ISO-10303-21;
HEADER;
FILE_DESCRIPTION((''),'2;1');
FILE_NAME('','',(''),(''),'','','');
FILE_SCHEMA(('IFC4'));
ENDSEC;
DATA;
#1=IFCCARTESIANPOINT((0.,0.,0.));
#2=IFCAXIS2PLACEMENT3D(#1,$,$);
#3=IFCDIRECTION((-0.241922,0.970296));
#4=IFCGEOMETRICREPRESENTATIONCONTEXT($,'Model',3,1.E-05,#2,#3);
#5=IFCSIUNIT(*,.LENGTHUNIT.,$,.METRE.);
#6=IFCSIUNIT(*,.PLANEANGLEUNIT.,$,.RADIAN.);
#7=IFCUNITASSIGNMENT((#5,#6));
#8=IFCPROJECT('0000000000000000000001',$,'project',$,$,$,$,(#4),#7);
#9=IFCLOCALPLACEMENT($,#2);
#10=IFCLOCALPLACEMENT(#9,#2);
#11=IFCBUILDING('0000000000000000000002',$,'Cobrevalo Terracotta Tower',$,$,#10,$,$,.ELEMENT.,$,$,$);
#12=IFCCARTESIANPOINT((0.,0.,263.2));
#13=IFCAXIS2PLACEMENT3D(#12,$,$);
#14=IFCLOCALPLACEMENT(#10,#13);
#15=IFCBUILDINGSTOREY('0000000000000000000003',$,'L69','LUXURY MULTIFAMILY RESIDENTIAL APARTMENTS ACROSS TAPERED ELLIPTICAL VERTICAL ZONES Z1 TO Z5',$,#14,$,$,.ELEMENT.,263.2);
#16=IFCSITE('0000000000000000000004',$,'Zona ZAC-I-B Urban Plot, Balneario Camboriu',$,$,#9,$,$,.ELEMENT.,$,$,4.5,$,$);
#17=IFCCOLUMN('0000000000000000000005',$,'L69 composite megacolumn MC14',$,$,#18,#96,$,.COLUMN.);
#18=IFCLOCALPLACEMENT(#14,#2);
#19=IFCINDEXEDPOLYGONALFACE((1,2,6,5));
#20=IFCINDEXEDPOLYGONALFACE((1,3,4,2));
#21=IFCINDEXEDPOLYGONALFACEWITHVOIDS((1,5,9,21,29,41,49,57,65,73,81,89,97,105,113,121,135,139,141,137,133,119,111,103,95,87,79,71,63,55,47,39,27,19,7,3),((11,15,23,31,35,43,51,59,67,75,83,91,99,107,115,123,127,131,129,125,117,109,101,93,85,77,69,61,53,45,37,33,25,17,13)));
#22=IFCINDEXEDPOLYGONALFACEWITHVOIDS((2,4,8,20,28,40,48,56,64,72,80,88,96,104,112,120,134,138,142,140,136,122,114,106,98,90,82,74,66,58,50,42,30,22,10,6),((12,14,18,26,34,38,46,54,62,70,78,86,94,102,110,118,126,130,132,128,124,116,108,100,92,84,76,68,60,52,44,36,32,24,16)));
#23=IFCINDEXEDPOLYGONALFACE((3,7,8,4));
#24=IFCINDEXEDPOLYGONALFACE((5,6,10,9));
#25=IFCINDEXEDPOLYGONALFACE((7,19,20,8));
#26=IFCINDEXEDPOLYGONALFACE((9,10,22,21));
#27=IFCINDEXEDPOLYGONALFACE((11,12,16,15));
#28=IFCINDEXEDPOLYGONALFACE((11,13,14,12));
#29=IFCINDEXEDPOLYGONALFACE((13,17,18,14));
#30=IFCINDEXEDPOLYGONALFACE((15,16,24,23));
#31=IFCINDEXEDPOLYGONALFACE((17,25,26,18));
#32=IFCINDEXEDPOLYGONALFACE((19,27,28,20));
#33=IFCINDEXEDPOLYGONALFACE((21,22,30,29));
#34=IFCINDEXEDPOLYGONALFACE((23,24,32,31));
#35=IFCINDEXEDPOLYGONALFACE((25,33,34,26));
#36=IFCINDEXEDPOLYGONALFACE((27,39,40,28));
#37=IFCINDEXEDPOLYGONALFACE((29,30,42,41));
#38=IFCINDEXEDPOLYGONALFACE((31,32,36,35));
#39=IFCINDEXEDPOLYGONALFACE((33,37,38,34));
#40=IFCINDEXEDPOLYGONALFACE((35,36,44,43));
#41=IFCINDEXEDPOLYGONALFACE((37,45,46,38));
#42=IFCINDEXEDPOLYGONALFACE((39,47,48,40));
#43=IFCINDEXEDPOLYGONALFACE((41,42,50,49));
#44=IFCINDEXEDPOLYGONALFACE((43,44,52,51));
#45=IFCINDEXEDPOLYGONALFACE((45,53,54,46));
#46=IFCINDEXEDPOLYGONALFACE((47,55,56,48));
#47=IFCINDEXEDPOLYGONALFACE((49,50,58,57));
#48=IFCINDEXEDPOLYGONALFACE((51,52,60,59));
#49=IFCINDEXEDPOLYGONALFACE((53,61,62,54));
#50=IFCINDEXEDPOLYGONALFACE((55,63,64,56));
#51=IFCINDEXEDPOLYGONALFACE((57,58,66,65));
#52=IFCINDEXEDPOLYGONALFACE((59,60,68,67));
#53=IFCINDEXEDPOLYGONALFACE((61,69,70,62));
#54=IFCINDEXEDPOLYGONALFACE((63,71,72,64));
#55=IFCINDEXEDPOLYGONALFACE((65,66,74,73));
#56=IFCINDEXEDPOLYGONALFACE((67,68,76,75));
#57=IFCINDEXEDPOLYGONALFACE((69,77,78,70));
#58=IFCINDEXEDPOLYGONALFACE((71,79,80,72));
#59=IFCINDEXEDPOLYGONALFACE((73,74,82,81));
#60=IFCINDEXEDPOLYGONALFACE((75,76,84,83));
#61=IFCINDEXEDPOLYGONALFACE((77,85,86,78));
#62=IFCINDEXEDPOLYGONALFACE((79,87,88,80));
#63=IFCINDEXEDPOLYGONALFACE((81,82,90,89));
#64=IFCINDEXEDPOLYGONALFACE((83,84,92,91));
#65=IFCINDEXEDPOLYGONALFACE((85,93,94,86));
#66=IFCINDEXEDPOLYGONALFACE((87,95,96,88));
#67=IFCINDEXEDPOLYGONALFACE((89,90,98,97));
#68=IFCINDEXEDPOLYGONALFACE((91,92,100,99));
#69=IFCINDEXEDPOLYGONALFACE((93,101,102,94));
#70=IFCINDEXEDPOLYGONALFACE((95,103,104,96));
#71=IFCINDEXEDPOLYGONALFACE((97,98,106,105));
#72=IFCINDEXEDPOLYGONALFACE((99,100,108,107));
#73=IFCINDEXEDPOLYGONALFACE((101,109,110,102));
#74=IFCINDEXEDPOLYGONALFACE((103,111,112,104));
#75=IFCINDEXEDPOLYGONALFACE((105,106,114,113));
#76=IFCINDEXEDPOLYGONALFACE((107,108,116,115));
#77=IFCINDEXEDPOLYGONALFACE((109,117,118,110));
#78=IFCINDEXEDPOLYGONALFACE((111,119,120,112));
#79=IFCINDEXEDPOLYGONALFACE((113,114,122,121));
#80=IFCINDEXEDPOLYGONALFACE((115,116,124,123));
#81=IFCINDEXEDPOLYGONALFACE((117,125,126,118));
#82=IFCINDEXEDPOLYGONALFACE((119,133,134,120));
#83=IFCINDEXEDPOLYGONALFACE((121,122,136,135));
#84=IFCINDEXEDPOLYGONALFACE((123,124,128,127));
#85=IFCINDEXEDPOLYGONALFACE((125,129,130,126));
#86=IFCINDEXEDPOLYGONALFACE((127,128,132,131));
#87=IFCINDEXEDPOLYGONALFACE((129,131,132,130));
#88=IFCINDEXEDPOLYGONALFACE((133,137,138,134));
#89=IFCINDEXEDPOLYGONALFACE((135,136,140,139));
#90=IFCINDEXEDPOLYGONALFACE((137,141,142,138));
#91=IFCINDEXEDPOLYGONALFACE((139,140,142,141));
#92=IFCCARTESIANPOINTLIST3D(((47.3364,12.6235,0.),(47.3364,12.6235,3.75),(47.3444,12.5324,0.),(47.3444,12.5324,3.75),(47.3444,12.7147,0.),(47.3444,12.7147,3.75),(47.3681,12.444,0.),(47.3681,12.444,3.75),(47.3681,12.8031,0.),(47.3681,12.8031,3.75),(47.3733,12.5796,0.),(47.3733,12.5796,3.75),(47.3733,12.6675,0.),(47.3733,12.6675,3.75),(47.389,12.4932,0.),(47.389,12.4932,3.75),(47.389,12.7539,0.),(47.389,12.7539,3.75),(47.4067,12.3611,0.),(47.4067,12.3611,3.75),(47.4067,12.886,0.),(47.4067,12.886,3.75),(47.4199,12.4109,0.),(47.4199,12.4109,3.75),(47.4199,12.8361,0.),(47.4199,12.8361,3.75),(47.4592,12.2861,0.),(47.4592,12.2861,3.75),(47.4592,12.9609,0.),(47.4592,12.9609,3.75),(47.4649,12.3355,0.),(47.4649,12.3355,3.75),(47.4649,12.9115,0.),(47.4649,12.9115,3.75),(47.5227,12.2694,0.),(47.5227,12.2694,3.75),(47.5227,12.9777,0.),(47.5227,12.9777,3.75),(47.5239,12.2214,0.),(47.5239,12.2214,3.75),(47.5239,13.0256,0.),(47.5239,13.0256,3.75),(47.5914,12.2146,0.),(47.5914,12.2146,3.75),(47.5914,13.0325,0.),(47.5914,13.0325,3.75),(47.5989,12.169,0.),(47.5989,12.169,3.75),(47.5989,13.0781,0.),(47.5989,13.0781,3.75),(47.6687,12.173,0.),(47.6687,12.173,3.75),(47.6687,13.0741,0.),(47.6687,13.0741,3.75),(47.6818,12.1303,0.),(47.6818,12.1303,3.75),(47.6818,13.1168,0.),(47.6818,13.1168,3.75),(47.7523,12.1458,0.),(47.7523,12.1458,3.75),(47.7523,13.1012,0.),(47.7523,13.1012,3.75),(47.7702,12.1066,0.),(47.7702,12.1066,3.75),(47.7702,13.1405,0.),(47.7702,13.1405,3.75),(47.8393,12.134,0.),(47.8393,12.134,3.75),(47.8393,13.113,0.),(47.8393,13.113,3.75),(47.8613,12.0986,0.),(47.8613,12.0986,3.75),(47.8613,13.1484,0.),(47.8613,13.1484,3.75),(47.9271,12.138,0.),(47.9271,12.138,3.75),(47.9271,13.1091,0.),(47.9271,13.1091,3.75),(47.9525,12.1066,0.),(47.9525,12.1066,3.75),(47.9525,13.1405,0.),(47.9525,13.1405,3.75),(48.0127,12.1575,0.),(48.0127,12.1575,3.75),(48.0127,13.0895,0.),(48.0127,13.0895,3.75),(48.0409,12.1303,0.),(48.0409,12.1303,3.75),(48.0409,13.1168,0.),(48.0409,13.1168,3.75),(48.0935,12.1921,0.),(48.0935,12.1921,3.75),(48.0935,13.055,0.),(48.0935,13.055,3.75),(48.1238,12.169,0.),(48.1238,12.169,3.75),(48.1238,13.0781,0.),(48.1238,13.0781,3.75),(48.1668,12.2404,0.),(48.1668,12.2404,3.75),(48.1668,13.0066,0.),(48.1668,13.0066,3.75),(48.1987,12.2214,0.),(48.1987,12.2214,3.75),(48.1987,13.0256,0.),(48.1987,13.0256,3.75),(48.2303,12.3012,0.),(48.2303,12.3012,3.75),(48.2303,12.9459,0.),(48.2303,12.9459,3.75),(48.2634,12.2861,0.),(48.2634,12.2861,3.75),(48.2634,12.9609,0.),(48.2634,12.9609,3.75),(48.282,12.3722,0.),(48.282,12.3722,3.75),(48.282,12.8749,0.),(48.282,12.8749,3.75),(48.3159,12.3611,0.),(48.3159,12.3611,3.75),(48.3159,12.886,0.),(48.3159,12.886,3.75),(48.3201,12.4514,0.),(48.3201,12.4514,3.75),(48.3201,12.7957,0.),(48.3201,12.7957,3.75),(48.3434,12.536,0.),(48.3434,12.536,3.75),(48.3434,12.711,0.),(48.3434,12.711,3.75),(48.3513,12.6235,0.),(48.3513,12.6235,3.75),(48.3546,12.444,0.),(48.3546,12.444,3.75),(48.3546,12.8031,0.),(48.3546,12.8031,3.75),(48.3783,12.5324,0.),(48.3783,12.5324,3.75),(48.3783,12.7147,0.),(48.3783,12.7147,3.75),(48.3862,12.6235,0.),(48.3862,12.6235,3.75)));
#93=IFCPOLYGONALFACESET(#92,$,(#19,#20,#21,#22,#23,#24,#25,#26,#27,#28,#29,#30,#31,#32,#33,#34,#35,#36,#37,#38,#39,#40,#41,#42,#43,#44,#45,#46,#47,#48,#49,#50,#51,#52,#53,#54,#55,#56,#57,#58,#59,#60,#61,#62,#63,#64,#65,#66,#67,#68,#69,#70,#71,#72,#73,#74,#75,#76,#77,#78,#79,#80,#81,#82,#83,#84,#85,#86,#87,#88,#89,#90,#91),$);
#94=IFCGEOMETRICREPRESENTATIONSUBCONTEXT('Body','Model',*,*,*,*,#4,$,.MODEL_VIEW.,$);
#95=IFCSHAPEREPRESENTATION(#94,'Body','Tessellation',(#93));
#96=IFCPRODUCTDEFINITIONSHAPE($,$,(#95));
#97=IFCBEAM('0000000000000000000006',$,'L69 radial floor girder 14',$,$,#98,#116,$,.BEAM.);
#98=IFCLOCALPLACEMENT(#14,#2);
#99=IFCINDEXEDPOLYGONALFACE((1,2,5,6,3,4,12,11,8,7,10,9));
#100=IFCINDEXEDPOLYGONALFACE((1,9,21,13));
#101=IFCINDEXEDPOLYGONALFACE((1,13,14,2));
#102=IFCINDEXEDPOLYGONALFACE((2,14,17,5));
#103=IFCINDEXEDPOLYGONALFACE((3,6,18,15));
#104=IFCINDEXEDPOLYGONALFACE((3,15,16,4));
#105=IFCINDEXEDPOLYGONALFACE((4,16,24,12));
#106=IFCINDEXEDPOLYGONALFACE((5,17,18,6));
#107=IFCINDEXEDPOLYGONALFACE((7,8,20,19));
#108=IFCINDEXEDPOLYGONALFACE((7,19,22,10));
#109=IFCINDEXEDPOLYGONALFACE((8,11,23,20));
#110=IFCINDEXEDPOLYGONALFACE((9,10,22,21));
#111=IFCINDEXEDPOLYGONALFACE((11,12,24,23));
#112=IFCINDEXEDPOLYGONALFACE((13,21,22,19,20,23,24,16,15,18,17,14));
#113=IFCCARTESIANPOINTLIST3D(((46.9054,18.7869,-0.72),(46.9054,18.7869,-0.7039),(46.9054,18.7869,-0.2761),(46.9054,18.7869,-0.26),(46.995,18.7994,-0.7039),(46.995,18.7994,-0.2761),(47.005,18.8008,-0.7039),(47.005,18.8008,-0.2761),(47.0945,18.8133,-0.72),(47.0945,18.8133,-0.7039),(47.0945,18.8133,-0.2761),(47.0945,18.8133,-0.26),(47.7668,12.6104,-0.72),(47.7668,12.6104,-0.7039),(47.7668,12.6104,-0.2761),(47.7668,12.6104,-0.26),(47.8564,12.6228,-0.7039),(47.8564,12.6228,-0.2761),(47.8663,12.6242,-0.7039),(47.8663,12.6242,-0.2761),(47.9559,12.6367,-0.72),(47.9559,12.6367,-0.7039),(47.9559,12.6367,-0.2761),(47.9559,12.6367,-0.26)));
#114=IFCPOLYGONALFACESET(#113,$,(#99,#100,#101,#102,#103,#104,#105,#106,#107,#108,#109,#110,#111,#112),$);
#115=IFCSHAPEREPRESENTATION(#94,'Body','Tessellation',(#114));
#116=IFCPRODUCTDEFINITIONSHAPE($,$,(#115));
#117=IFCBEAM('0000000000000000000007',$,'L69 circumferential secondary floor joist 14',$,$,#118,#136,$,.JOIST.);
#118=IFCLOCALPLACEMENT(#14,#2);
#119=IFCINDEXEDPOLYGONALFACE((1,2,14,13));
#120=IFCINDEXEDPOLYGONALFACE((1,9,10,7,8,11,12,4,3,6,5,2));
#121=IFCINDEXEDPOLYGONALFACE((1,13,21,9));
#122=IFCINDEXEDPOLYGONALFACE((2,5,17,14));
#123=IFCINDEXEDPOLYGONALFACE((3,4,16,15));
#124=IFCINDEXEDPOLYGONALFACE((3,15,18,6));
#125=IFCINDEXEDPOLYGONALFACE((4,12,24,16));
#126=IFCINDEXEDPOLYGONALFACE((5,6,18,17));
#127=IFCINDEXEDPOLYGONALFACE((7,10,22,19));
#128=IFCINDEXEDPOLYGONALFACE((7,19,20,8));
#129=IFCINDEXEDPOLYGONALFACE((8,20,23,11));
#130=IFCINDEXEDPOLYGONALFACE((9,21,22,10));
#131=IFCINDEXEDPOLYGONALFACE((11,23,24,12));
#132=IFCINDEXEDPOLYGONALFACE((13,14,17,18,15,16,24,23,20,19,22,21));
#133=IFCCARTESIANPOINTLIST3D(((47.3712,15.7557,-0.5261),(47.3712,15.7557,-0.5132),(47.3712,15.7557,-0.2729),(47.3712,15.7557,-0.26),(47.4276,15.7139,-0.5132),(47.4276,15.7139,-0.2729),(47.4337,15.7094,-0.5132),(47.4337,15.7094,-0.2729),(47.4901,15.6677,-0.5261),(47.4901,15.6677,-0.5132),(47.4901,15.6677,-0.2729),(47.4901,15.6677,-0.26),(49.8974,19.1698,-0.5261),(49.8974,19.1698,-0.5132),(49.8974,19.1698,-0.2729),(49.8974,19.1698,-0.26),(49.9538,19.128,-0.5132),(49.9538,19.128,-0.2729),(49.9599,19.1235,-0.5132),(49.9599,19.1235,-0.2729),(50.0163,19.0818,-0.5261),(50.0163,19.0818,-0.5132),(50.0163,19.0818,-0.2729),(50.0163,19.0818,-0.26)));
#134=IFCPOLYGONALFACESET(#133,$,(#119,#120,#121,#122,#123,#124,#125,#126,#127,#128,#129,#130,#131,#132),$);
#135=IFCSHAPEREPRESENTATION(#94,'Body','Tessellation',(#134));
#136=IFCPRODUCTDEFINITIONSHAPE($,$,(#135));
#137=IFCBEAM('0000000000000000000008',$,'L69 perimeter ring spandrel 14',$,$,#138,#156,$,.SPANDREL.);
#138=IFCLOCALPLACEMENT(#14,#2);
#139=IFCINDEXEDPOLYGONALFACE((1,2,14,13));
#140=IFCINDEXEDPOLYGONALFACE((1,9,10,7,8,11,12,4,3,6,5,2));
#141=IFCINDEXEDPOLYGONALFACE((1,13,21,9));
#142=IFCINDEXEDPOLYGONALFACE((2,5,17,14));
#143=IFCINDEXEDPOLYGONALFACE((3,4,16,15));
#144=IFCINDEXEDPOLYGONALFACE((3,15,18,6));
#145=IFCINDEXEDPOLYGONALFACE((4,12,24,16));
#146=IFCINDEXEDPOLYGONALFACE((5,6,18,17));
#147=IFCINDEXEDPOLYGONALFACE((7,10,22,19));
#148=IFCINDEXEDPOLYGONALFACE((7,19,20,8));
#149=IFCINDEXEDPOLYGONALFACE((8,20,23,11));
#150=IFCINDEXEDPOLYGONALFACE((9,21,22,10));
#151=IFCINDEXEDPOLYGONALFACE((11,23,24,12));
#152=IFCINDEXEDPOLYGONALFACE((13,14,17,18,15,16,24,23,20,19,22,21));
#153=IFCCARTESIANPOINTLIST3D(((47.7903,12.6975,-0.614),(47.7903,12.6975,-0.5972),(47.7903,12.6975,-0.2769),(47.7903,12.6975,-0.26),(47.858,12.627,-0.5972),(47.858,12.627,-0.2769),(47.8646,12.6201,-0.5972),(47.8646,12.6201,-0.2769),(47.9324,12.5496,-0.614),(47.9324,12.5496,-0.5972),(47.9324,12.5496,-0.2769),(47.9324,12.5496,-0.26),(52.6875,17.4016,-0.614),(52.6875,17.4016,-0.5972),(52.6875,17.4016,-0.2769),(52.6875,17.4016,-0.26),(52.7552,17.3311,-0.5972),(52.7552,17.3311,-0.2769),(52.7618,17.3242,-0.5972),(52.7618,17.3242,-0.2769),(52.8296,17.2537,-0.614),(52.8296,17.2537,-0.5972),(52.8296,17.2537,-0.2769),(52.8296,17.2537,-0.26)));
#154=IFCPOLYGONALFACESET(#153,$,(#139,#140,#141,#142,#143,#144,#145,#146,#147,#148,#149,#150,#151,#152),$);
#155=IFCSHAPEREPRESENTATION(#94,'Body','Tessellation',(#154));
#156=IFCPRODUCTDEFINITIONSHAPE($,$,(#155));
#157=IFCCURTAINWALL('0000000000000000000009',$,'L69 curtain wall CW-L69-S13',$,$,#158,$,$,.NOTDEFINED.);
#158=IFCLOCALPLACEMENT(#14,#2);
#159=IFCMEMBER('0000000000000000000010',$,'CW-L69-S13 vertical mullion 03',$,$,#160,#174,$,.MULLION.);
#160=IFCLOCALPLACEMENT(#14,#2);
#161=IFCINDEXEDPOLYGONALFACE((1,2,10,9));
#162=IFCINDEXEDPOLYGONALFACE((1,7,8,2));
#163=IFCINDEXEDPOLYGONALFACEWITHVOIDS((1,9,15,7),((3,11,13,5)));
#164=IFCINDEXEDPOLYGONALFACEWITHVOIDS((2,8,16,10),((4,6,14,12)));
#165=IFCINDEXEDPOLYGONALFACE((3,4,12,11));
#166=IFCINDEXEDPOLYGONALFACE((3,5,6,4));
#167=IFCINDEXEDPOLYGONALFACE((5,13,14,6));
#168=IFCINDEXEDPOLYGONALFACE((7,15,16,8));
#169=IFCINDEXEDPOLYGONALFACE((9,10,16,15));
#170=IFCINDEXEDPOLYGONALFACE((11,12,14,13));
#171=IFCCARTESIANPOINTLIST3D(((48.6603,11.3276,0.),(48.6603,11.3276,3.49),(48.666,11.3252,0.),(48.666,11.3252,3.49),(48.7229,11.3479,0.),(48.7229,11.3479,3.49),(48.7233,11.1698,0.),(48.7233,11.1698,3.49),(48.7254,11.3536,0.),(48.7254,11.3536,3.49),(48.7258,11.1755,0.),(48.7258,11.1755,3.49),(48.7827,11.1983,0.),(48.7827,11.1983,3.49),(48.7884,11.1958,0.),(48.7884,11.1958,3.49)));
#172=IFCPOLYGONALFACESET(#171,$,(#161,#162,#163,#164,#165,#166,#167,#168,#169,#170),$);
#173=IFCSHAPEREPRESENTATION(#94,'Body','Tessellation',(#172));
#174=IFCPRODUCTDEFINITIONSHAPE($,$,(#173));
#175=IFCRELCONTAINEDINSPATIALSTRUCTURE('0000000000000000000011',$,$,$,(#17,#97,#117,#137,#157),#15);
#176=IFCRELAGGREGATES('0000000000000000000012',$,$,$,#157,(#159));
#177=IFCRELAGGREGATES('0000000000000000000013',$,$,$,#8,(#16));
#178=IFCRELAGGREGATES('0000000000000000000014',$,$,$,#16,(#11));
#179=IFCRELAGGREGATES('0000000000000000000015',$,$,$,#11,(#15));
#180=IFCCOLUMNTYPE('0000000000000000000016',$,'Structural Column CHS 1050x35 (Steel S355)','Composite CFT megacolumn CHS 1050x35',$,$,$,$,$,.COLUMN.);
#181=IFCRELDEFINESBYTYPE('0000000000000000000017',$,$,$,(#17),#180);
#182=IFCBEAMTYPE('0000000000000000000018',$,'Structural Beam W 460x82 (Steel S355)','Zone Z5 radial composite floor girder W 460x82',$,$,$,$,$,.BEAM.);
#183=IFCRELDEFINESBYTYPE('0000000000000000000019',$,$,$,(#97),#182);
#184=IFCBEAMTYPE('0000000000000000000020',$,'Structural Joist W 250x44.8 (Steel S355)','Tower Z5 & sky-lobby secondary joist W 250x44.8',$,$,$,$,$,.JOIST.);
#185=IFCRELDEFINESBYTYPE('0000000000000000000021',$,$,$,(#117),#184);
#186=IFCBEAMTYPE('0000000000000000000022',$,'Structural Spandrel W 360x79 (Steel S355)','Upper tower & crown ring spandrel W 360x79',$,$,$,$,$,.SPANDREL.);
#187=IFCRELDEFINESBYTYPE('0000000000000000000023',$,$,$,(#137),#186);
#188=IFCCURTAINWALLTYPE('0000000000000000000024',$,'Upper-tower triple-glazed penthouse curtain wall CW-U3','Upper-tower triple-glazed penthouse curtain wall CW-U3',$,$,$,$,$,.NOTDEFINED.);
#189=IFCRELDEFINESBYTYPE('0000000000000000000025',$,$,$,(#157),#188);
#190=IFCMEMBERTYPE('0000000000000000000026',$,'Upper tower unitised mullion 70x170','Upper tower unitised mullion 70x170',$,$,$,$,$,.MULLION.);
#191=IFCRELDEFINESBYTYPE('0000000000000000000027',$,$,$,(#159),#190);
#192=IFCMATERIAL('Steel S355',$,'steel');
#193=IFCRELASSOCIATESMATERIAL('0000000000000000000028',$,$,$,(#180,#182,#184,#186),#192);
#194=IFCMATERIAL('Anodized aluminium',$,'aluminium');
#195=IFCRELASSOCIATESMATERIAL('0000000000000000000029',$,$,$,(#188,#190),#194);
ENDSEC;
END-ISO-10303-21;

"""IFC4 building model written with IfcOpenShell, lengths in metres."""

from ifc_helpers import new_model, si_unit, direction, frame, origin, origin_2d, place, context, subcontext, project, spatial, hollow_rectangle, hollow_circle, i_section, extrude, source, transform, mapped, material, material_profile, profile_set, type_object, element, aggregate, save


model = new_model("IFC4")

# Units and contexts
model_context = context("Model", 3, precision=1e-05, world=origin(), true_north=direction((-0.241922, 0.970296)))
body_context = subcontext(model_context, "Body", "Model", "MODEL_VIEW")
ifc_project = project(units=[si_unit("LENGTHUNIT", "METRE"), si_unit("PLANEANGLEUNIT", "RADIAN")], contexts=[model_context])

# Site, building, storey
site_placement = place(None, origin())
site = spatial("IfcSite", under=ifc_project, at=site_placement, Name="Zona ZAC-I-B Urban Plot, Balneario Camboriu", CompositionType="ELEMENT", RefElevation=4.5)
building_placement = place(site_placement, origin())
building = spatial("IfcBuilding", under=site, at=building_placement, Name="Cobrevalo Terracotta Tower", CompositionType="ELEMENT")
storey_placement = place(building_placement, frame((0.0, 0.0, 263.2)))
storey = spatial("IfcBuildingStorey", under=building, at=storey_placement, Name="L69", Description="LUXURY MULTIFAMILY RESIDENTIAL APARTMENTS ACROSS TAPERED ELLIPTICAL VERTICAL ZONES Z1 TO Z5", CompositionType="ELEMENT", Elevation=263.2)

# Column
ifc_material_1 = material(Name="Steel S355", Category="steel")
ifc_material_profile_1 = material_profile(ifc_material_1, hollow_circle(Radius=0.5249, WallThickness=0.0349, at=origin_2d()), Name="CHS 1050x35")
ifc_profile_set_1 = profile_set([ifc_material_profile_1], Name="Steel S355")
column_type = type_object("IfcColumnType", Name="Structural Column CHS 1050x35 (Steel S355)", Description="Composite CFT megacolumn CHS 1050x35", PredefinedType="COLUMN", material=ifc_profile_set_1)
column_placement = place(storey_placement, frame((47.8613, 12.6235, 0.0), z_axis=(0.0, 0.0, 1.0), x_axis=(1.0, 0.0, 0.0)))
element("IfcColumn", 1, at=column_placement, inside=storey, type_object=column_type, Name="L69 composite megacolumn MC14", PredefinedType="COLUMN", context=body_context, shape_type="SweptSolid", body=[
    extrude(hollow_circle(Radius=0.5249, WallThickness=0.0349, at=origin_2d()), origin(), (0.0, 0.0, 1.0), 3.75),
])

# Beams
ifc_material_profile_2 = material_profile(ifc_material_1, i_section(OverallWidth=0.1909, OverallDepth=0.46, WebThickness=0.01, FlangeThickness=0.0161, at=origin_2d()), Name="W 460x82")
ifc_profile_set_2 = profile_set([ifc_material_profile_2], Name="Steel S355")
beam_type_1 = type_object("IfcBeamType", Name="Structural Beam W 460x82 (Steel S355)", Description="Zone Z5 radial composite floor girder W 460x82", PredefinedType="BEAM", material=ifc_profile_set_2)
beam_1_placement = place(storey_placement, frame((47.8613, 12.6235, -0.49), z_axis=(-0.138116, 0.990416, 0.0), x_axis=(-0.990416, -0.138116, 0.0)))
element("IfcBeam", 2, at=beam_1_placement, inside=storey, type_object=beam_type_1, Name="L69 radial floor girder 14", PredefinedType="BEAM", context=body_context, shape_type="SweptSolid", body=[
    extrude(i_section(OverallWidth=0.1909, OverallDepth=0.46, WebThickness=0.01, FlangeThickness=0.0161, at=origin_2d()), origin(), (0.0, 0.0, 1.0), 6.2363),
])
ifc_material_profile_3 = material_profile(ifc_material_1, i_section(OverallWidth=0.1479, OverallDepth=0.2661, WebThickness=0.0076, FlangeThickness=0.0129, at=origin_2d()), Name="W 250x44.8")
ifc_profile_set_3 = profile_set([ifc_material_profile_3], Name="Steel S355")
beam_type_2 = type_object("IfcBeamType", Name="Structural Joist W 250x44.8 (Steel S355)", Description="Tower Z5 & sky-lobby secondary joist W 250x44.8", PredefinedType="JOIST", material=ifc_profile_set_3)
beam_2_placement = place(storey_placement, frame((47.4307, 15.7117, -0.3931), z_axis=(0.5948, 0.803874, 0.0), x_axis=(-0.803874, 0.5948, 0.0)))
element("IfcBeam", 3, at=beam_2_placement, inside=storey, type_object=beam_type_2, Name="L69 circumferential secondary floor joist 14", PredefinedType="JOIST", context=body_context, shape_type="SweptSolid", body=[
    extrude(i_section(OverallWidth=0.1479, OverallDepth=0.2661, WebThickness=0.0076, FlangeThickness=0.0129, at=origin_2d()), origin(), (0.0, 0.0, 1.0), 4.2471),
])
ifc_material_profile_4 = material_profile(ifc_material_1, i_section(OverallWidth=0.2051, OverallDepth=0.354, WebThickness=0.0095, FlangeThickness=0.0168, at=origin_2d()), Name="W 360x79")
ifc_profile_set_4 = profile_set([ifc_material_profile_4], Name="Steel S355")
beam_type_3 = type_object("IfcBeamType", Name="Structural Spandrel W 360x79 (Steel S355)", Description="Upper tower & crown ring spandrel W 360x79", PredefinedType="SPANDREL", material=ifc_profile_set_4)
beam_3_placement = place(storey_placement, frame((47.8613, 12.6235, -0.437), z_axis=(0.721183, 0.692744, 0.0), x_axis=(-0.692744, 0.721183, 0.0)))
element("IfcBeam", 4, at=beam_3_placement, inside=storey, type_object=beam_type_3, Name="L69 perimeter ring spandrel 14", PredefinedType="SPANDREL", context=body_context, shape_type="SweptSolid", body=[
    extrude(i_section(OverallWidth=0.2051, OverallDepth=0.354, WebThickness=0.0095, FlangeThickness=0.0168, at=origin_2d()), origin(), (0.0, 0.0, 1.0), 6.7905),
])

# Curtain wall, member
ifc_material_2 = material(Name="Anodized aluminium", Category="aluminium")
curtain_wall_type = type_object("IfcCurtainWallType", Name="Upper-tower triple-glazed penthouse curtain wall CW-U3", Description="Upper-tower triple-glazed penthouse curtain wall CW-U3", PredefinedType="NOTDEFINED", material=ifc_material_2)
curtain_wall_1_placement = place(storey_placement, origin())
curtain_wall_1 = element("IfcCurtainWall", 5, at=curtain_wall_1_placement, inside=storey, type_object=curtain_wall_type, Name="L69 curtain wall CW-L69-S13", PredefinedType="NOTDEFINED")
ifc_material_profile_5 = material_profile(ifc_material_2, hollow_rectangle(XDim=0.0701, YDim=0.1699, WallThickness=0.0044, at=origin_2d()), Name="CWM 70x170")
ifc_profile_set_5 = profile_set([ifc_material_profile_5], Name="Anodized aluminium")
member_type_1 = type_object("IfcMemberType", Name="Upper tower unitised mullion 70x170", Description="Upper tower unitised mullion 70x170", PredefinedType="MULLION", material=ifc_profile_set_5)
shared_shape_1 = source(origin(), body_context, "Body", "SweptSolid", [
    extrude(hollow_rectangle(XDim=0.0701, YDim=0.1699, WallThickness=0.0044, at=origin_2d()), origin(), (0.0, 0.0, 1.0), 3.49),
])
member_1_placement = place(storey_placement, frame((48.7244, 11.2617, 0.0), z_axis=(0.0, 0.0, 1.0), x_axis=(0.928719, 0.370784, 0.0)))
member_1 = element("IfcMember", 6, at=member_1_placement, type_object=member_type_1, Name="CW-L69-S13 vertical mullion 03", PredefinedType="MULLION", context=body_context, shape_type="MappedRepresentation", body=[
    mapped(shared_shape_1, transform((0.0, 0.0, 0.0), scale=1.0)),
])
aggregate(curtain_wall_1, [member_1])

save(model, "model.ifc")
